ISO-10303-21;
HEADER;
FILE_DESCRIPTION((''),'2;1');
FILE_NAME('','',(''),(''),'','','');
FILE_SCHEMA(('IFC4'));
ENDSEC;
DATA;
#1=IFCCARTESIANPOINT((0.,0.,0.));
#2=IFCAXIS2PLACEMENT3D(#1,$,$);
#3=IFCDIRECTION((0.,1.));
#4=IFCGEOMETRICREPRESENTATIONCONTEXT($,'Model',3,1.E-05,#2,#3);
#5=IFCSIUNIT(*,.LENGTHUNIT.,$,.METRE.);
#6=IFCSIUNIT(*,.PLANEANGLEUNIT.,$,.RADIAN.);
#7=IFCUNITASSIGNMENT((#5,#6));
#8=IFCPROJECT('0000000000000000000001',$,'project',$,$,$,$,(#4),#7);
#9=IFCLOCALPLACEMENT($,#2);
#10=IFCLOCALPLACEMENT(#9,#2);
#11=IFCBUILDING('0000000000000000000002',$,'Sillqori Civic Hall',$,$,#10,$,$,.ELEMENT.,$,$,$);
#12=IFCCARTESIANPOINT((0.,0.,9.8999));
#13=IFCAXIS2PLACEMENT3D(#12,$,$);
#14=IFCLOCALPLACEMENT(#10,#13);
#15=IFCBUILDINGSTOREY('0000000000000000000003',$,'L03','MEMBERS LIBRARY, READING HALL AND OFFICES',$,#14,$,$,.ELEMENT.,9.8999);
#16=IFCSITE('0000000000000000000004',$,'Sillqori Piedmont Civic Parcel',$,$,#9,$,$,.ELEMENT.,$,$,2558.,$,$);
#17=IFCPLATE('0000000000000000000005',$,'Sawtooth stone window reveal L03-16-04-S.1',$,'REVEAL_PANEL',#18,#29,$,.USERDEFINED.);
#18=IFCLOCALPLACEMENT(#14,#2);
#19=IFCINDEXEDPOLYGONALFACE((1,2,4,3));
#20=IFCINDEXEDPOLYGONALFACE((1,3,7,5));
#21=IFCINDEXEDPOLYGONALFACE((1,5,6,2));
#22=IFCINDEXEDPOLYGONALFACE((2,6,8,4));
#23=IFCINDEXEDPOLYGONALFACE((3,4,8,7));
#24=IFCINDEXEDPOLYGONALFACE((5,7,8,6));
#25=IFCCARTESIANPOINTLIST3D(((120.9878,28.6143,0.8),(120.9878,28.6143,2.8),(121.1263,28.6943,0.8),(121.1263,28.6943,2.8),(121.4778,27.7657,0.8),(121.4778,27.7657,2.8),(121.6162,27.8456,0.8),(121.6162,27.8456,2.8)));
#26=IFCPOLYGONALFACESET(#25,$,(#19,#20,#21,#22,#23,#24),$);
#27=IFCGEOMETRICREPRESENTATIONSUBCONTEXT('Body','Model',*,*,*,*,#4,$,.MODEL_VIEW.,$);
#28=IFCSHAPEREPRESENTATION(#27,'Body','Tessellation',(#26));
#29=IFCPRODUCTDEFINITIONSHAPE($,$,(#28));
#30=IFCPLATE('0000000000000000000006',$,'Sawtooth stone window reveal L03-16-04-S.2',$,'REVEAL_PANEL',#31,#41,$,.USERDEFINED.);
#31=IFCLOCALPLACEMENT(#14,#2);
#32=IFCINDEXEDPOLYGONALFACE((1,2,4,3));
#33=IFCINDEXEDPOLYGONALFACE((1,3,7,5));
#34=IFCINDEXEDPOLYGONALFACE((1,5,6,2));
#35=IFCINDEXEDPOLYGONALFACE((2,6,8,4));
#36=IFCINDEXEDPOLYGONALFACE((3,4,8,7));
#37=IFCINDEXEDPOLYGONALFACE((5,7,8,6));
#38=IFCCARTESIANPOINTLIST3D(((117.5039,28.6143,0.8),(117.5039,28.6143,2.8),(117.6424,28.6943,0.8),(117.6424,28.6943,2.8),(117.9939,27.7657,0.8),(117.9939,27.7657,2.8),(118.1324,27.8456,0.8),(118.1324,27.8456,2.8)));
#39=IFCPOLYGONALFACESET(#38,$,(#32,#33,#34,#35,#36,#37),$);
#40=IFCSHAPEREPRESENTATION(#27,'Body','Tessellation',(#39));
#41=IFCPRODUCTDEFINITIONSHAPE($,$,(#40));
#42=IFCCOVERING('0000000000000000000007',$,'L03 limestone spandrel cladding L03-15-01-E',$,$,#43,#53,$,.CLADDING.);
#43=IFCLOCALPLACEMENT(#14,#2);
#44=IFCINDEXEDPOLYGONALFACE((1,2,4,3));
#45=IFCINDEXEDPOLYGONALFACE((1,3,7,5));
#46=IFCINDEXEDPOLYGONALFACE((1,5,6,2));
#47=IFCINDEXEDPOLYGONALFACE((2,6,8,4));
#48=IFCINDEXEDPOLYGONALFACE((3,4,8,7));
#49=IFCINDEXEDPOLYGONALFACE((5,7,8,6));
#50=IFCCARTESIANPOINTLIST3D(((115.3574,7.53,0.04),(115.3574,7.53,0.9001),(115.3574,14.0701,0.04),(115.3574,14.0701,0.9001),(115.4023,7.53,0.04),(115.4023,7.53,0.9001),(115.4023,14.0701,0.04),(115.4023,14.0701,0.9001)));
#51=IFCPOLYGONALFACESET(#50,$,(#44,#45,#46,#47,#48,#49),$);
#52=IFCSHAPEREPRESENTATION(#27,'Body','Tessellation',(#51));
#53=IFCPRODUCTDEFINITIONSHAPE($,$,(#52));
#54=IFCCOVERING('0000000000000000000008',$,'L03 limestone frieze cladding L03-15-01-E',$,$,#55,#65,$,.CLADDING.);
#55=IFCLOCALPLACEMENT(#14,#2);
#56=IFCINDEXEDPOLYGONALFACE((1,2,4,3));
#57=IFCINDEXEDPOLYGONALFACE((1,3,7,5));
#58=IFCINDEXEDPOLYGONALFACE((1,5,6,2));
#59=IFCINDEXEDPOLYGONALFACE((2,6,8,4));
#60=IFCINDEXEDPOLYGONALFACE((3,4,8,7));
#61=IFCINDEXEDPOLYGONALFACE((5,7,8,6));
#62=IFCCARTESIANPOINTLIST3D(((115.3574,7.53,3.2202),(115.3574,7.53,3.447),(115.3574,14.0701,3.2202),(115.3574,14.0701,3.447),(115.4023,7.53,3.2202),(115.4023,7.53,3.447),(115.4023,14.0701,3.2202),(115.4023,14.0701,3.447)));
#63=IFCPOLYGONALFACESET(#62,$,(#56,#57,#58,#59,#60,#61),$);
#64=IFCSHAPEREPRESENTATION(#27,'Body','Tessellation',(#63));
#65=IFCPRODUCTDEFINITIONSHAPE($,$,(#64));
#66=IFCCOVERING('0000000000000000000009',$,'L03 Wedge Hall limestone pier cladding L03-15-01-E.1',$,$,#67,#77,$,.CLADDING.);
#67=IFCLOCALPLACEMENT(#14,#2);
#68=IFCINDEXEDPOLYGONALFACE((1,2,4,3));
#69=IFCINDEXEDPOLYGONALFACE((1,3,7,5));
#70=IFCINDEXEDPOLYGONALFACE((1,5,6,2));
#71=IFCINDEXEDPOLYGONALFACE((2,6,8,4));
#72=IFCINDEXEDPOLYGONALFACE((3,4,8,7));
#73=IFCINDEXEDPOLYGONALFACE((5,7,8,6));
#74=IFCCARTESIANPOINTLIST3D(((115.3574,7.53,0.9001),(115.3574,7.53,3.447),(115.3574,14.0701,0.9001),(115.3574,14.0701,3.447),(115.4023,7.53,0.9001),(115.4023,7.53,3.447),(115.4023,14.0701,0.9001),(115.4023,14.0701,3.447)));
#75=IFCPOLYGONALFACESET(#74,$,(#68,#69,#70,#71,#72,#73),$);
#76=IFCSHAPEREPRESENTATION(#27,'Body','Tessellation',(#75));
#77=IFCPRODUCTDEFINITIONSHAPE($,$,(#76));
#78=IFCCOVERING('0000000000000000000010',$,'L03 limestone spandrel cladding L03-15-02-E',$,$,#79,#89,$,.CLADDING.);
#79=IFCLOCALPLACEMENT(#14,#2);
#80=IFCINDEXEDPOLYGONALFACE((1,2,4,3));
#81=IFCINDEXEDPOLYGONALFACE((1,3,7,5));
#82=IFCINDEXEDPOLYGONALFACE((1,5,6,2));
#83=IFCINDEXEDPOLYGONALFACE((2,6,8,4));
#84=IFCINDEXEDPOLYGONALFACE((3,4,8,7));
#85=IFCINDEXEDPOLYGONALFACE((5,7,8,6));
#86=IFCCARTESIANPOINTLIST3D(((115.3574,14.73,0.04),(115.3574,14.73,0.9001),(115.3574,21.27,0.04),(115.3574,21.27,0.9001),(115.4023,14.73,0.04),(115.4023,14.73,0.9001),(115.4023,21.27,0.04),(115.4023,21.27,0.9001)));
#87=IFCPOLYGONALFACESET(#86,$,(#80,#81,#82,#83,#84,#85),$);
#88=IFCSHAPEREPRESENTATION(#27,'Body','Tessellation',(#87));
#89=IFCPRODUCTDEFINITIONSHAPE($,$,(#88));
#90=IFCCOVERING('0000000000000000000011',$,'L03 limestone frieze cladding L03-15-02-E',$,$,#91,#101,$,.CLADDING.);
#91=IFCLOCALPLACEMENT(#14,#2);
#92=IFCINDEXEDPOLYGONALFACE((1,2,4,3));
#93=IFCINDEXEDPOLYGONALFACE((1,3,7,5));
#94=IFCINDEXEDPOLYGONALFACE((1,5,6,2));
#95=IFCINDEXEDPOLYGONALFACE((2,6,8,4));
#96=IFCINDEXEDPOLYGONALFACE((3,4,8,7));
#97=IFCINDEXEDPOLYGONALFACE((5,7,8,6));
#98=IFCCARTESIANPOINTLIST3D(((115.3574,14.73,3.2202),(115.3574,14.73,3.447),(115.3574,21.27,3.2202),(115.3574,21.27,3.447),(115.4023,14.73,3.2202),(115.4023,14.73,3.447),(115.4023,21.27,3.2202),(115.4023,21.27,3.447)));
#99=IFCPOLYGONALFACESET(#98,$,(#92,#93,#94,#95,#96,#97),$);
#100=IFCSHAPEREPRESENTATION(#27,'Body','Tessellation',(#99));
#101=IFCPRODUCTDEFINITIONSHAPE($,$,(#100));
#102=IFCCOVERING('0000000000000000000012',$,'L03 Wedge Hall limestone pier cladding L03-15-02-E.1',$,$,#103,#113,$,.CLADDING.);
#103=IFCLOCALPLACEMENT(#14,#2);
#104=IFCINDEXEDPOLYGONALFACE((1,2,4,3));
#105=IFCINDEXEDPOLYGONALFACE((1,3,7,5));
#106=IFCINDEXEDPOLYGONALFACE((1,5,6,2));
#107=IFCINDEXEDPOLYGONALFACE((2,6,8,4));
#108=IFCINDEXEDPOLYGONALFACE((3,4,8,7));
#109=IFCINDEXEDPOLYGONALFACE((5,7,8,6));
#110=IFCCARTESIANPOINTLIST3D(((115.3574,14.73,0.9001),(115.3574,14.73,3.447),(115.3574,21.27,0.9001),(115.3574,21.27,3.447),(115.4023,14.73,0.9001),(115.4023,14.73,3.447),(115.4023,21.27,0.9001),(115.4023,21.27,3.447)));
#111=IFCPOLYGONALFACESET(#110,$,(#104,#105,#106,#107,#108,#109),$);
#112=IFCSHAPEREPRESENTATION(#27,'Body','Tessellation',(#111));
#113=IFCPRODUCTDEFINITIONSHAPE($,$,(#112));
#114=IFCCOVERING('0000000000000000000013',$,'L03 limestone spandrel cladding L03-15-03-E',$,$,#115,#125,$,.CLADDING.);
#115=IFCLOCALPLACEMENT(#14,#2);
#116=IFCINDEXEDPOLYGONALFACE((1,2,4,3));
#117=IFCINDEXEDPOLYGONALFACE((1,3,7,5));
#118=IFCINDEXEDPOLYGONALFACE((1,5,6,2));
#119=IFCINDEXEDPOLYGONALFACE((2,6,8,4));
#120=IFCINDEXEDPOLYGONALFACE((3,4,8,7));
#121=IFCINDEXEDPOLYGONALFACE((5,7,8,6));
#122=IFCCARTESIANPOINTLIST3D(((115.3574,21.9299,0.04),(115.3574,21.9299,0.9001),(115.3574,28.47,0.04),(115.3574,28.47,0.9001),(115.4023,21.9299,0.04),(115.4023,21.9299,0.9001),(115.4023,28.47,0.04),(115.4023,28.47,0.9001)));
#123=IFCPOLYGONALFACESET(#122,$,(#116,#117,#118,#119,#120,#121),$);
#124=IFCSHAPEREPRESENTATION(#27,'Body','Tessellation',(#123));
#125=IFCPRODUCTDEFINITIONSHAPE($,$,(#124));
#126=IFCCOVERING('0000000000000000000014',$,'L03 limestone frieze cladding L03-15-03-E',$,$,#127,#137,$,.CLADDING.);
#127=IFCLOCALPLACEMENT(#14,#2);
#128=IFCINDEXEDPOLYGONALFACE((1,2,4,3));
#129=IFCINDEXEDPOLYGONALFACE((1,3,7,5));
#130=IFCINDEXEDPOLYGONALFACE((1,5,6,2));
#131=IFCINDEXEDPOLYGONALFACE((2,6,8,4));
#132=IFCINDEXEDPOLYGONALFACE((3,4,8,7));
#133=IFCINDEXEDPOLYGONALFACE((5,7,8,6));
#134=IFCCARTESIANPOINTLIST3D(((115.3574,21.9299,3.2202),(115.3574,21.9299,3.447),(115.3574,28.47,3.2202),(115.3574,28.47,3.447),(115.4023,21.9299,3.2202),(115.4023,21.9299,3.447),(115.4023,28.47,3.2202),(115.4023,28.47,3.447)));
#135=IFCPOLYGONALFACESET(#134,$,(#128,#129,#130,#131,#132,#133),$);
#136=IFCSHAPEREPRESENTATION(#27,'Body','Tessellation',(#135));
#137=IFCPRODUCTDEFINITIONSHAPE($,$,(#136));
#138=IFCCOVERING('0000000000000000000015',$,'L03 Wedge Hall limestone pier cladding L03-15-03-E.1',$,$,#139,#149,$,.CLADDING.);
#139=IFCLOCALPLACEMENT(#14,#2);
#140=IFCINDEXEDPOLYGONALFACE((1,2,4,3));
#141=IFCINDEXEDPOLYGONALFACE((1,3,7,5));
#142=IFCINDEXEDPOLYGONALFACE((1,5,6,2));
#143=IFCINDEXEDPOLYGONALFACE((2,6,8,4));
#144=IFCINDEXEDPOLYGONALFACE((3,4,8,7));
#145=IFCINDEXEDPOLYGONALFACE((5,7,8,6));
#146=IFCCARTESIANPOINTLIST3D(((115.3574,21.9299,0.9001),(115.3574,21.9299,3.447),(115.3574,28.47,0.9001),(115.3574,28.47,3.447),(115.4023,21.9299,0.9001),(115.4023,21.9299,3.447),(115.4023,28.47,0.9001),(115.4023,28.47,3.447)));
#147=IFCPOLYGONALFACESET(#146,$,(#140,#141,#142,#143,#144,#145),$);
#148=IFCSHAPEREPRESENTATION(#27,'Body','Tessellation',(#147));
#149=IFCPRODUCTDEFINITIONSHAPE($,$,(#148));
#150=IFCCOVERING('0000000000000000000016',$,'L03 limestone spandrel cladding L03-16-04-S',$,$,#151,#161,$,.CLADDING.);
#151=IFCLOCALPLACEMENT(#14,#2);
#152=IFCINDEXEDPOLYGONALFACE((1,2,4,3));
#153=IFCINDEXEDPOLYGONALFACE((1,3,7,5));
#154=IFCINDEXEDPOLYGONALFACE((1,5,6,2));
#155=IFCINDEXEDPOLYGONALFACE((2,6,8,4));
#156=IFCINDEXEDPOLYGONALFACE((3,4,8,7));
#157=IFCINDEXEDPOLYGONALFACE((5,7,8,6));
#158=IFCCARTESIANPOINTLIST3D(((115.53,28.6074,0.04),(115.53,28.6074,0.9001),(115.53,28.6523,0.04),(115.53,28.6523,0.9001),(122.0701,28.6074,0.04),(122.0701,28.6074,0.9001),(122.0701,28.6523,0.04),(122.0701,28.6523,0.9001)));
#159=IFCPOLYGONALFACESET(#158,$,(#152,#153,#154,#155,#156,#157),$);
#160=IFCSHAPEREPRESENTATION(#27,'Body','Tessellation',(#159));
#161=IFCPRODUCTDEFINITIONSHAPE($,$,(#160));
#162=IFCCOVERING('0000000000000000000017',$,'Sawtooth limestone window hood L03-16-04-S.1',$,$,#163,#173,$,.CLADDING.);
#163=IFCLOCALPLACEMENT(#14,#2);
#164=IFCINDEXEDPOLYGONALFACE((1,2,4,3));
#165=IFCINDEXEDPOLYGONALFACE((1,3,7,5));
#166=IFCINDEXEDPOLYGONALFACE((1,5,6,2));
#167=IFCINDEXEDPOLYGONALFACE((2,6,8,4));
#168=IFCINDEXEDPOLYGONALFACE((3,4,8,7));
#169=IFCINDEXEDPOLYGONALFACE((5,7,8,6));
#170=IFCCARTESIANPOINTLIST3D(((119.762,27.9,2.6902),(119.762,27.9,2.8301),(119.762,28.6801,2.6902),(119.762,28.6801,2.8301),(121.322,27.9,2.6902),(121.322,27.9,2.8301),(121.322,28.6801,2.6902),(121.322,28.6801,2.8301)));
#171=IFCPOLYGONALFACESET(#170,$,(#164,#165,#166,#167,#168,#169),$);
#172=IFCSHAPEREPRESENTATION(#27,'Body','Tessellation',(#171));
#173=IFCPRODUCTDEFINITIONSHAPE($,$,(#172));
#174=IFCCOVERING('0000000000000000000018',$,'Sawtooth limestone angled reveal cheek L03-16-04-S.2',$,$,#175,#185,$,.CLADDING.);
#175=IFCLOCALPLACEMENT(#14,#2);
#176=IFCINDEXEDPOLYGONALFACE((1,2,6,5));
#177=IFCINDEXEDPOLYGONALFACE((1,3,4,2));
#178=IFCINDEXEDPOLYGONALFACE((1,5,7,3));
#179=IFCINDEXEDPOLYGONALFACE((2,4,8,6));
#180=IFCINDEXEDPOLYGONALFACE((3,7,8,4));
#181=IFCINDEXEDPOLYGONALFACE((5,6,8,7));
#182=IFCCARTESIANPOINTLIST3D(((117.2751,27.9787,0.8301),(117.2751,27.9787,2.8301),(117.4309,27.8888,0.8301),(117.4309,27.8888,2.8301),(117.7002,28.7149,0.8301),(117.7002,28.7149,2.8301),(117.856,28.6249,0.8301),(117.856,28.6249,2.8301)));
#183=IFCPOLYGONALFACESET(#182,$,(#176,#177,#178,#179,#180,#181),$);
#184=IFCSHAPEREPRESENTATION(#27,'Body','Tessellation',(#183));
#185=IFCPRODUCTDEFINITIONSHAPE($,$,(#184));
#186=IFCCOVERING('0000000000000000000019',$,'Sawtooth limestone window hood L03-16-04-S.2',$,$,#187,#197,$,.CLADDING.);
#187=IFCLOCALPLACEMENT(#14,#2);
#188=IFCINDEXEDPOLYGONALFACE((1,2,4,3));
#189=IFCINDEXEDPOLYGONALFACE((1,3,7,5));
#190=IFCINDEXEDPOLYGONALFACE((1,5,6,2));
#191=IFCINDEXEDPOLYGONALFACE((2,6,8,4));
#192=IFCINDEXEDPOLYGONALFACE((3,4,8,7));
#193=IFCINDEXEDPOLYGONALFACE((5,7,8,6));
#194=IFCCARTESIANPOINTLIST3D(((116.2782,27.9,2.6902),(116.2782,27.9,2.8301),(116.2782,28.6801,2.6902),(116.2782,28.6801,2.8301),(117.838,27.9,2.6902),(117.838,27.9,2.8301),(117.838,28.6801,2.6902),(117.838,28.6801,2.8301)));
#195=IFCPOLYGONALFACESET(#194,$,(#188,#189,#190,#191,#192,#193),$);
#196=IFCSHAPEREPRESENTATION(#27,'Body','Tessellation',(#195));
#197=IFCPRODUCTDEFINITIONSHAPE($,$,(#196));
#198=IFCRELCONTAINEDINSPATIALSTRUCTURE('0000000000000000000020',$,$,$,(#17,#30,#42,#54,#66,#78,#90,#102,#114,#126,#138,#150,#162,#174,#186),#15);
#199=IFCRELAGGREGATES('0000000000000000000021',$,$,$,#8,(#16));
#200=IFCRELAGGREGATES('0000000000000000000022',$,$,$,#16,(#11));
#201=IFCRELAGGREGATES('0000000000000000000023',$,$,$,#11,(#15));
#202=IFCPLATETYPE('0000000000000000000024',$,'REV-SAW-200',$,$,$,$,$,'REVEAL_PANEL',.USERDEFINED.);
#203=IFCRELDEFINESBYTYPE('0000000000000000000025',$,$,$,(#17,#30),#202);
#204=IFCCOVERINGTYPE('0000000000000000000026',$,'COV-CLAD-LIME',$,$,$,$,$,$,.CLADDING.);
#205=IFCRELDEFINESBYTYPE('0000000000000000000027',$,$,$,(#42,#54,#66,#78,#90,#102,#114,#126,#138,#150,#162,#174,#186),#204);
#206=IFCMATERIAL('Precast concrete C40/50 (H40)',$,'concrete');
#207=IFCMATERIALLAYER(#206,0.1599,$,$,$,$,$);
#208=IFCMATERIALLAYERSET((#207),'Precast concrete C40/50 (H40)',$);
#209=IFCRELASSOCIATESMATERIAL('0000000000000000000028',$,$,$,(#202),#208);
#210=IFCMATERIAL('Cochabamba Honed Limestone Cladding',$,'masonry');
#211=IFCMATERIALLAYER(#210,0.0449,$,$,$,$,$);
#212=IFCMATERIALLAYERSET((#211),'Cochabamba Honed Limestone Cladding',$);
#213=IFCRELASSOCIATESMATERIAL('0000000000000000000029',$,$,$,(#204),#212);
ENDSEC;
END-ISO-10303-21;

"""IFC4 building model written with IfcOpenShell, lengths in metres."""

from ifc_helpers import new_model, si_unit, direction, frame, frame_2d, origin, origin_2d, place, context, subcontext, project, spatial, rectangle, extrude, material, layer, layer_set, type_object, element, save


model = new_model("IFC4")

# Units and contexts
model_context = context("Model", 3, precision=1e-05, world=origin(), true_north=direction((0.0, 1.0)))
body_context = subcontext(model_context, "Body", "Model", "MODEL_VIEW")
ifc_project = project(units=[si_unit("LENGTHUNIT", "METRE"), si_unit("PLANEANGLEUNIT", "RADIAN")], contexts=[model_context])

# Site, building, storey
site_placement = place(None, origin())
site = spatial("IfcSite", under=ifc_project, at=site_placement, Name="Sillqori Piedmont Civic Parcel", CompositionType="ELEMENT", RefElevation=2558.0)
building_placement = place(site_placement, origin())
building = spatial("IfcBuilding", under=site, at=building_placement, Name="Sillqori Civic Hall", CompositionType="ELEMENT")
storey_placement = place(building_placement, frame((0.0, 0.0, 9.8999)))
storey = spatial("IfcBuildingStorey", under=building, at=storey_placement, Name="L03", Description="MEMBERS LIBRARY, READING HALL AND OFFICES", CompositionType="ELEMENT", Elevation=9.8999)

# Plates
ifc_material_1 = material(Name="Precast concrete C40/50 (H40)", Category="concrete")
ifc_layer_1 = layer(ifc_material_1, 0.1599)
ifc_layer_set_1 = layer_set([ifc_layer_1], Name="Precast concrete C40/50 (H40)")
plate_type = type_object("IfcPlateType", Name="REV-SAW-200", ElementType="REVEAL_PANEL", PredefinedType="USERDEFINED", material=ifc_layer_set_1)
for number, where, z_axis, x_axis, name in (
    (1, (121.302, 28.23, 0.8), (0.0, 0.0, 1.0), (-0.866025, -0.5, 0.0), "Sawtooth stone window reveal L03-16-04-S.1"),
    (2, (117.8181, 28.23, 0.8), (0.0, 0.0, 1.0), (-0.866025, -0.5, 0.0), "Sawtooth stone window reveal L03-16-04-S.2"),
):
    element("IfcPlate", number, at=place(storey_placement, frame(where, z_axis=z_axis, x_axis=x_axis)), inside=storey, type_object=plate_type, Name=name, ObjectType="REVEAL_PANEL", PredefinedType="USERDEFINED", context=body_context, shape_type="SweptSolid", body=[
        extrude(rectangle(XDim=0.1599, YDim=0.98, at=origin_2d()), origin(), (0.0, 0.0, 1.0), 2.0),
    ])

# Coverings
ifc_material_2 = material(Name="Cochabamba Honed Limestone Cladding", Category="masonry")
ifc_layer_2 = layer(ifc_material_2, 0.0449)
ifc_layer_set_2 = layer_set([ifc_layer_2], Name="Cochabamba Honed Limestone Cladding")
covering_type = type_object("IfcCoveringType", Name="COV-CLAD-LIME", PredefinedType="CLADDING", material=ifc_layer_set_2)
covering_1_placement = place(storey_placement, frame((115.3799, 14.0701, 0.04), z_axis=(0.0, 0.0, 1.0), x_axis=(0.0, -1.0, 0.0)))
element("IfcCovering", 3, at=covering_1_placement, inside=storey, type_object=covering_type, Name="L03 limestone spandrel cladding L03-15-01-E", PredefinedType="CLADDING", context=body_context, shape_type="SweptSolid", body=[
    extrude(rectangle(XDim=6.54, YDim=0.0449, at=frame_2d((3.27, 0.0))), origin(), (0.0, 0.0, 1.0), 0.8601),
])
covering_2_placement = place(storey_placement, frame((115.3799, 14.0701, 3.2202), z_axis=(0.0, 0.0, 1.0), x_axis=(0.0, -1.0, 0.0)))
element("IfcCovering", 4, at=covering_2_placement, inside=storey, type_object=covering_type, Name="L03 limestone frieze cladding L03-15-01-E", PredefinedType="CLADDING", context=body_context, shape_type="SweptSolid", body=[
    extrude(rectangle(XDim=6.54, YDim=0.0449, at=frame_2d((3.27, 0.0))), origin(), (0.0, 0.0, 1.0), 0.2268),
])
covering_3_placement = place(storey_placement, frame((115.3799, 14.0701, 0.9001), z_axis=(0.0, 0.0, 1.0), x_axis=(0.0, -1.0, 0.0)))
element("IfcCovering", 5, at=covering_3_placement, inside=storey, type_object=covering_type, Name="L03 Wedge Hall limestone pier cladding L03-15-01-E.1", PredefinedType="CLADDING", context=body_context, shape_type="SweptSolid", body=[
    extrude(rectangle(XDim=6.54, YDim=0.0449, at=frame_2d((3.27, 0.0))), origin(), (0.0, 0.0, 1.0), 2.5469),
])
covering_4_placement = place(storey_placement, frame((115.3799, 21.27, 0.04), z_axis=(0.0, 0.0, 1.0), x_axis=(0.0, -1.0, 0.0)))
element("IfcCovering", 6, at=covering_4_placement, inside=storey, type_object=covering_type, Name="L03 limestone spandrel cladding L03-15-02-E", PredefinedType="CLADDING", context=body_context, shape_type="SweptSolid", body=[
    extrude(rectangle(XDim=6.54, YDim=0.0449, at=frame_2d((3.27, 0.0))), origin(), (0.0, 0.0, 1.0), 0.8601),
])
covering_5_placement = place(storey_placement, frame((115.3799, 21.27, 3.2202), z_axis=(0.0, 0.0, 1.0), x_axis=(0.0, -1.0, 0.0)))
element("IfcCovering", 7, at=covering_5_placement, inside=storey, type_object=covering_type, Name="L03 limestone frieze cladding L03-15-02-E", PredefinedType="CLADDING", context=body_context, shape_type="SweptSolid", body=[
    extrude(rectangle(XDim=6.54, YDim=0.0449, at=frame_2d((3.27, 0.0))), origin(), (0.0, 0.0, 1.0), 0.2268),
])
covering_6_placement = place(storey_placement, frame((115.3799, 21.27, 0.9001), z_axis=(0.0, 0.0, 1.0), x_axis=(0.0, -1.0, 0.0)))
element("IfcCovering", 8, at=covering_6_placement, inside=storey, type_object=covering_type, Name="L03 Wedge Hall limestone pier cladding L03-15-02-E.1", PredefinedType="CLADDING", context=body_context, shape_type="SweptSolid", body=[
    extrude(rectangle(XDim=6.54, YDim=0.0449, at=frame_2d((3.27, 0.0))), origin(), (0.0, 0.0, 1.0), 2.5469),
])
covering_7_placement = place(storey_placement, frame((115.3799, 28.47, 0.04), z_axis=(0.0, 0.0, 1.0), x_axis=(0.0, -1.0, 0.0)))
element("IfcCovering", 9, at=covering_7_placement, inside=storey, type_object=covering_type, Name="L03 limestone spandrel cladding L03-15-03-E", PredefinedType="CLADDING", context=body_context, shape_type="SweptSolid", body=[
    extrude(rectangle(XDim=6.54, YDim=0.0449, at=frame_2d((3.27, 0.0))), origin(), (0.0, 0.0, 1.0), 0.8601),
])
covering_8_placement = place(storey_placement, frame((115.3799, 28.47, 3.2202), z_axis=(0.0, 0.0, 1.0), x_axis=(0.0, -1.0, 0.0)))
element("IfcCovering", 10, at=covering_8_placement, inside=storey, type_object=covering_type, Name="L03 limestone frieze cladding L03-15-03-E", PredefinedType="CLADDING", context=body_context, shape_type="SweptSolid", body=[
    extrude(rectangle(XDim=6.54, YDim=0.0449, at=frame_2d((3.27, 0.0))), origin(), (0.0, 0.0, 1.0), 0.2268),
])
covering_9_placement = place(storey_placement, frame((115.3799, 28.47, 0.9001), z_axis=(0.0, 0.0, 1.0), x_axis=(0.0, -1.0, 0.0)))
element("IfcCovering", 11, at=covering_9_placement, inside=storey, type_object=covering_type, Name="L03 Wedge Hall limestone pier cladding L03-15-03-E.1", PredefinedType="CLADDING", context=body_context, shape_type="SweptSolid", body=[
    extrude(rectangle(XDim=6.54, YDim=0.0449, at=frame_2d((3.27, 0.0))), origin(), (0.0, 0.0, 1.0), 2.5469),
])
covering_10_placement = place(storey_placement, frame((122.0701, 28.6299, 0.04), z_axis=(0.0, 0.0, 1.0), x_axis=(-1.0, 0.0, 0.0)))
element("IfcCovering", 12, at=covering_10_placement, inside=storey, type_object=covering_type, Name="L03 limestone spandrel cladding L03-16-04-S", PredefinedType="CLADDING", context=body_context, shape_type="SweptSolid", body=[
    extrude(rectangle(XDim=6.54, YDim=0.0449, at=frame_2d((3.27, 0.0))), origin(), (0.0, 0.0, 1.0), 0.8601),
])
covering_11_placement = place(storey_placement, frame((121.322, 28.29, 2.6902), z_axis=(0.0, 0.0, 1.0), x_axis=(-1.0, 0.0, 0.0)))
element("IfcCovering", 13, at=covering_11_placement, inside=storey, type_object=covering_type, Name="Sawtooth limestone window hood L03-16-04-S.1", PredefinedType="CLADDING", context=body_context, shape_type="SweptSolid", body=[
    extrude(rectangle(XDim=1.5601, YDim=0.78, at=frame_2d((0.78, 0.0))), origin(), (0.0, 0.0, 1.0), 0.1399),
])
covering_12_placement = place(storey_placement, frame((117.7781, 28.6699, 0.8301), z_axis=(0.0, 0.0, 1.0), x_axis=(-0.500062, -0.865989, 0.0)))
element("IfcCovering", 14, at=covering_12_placement, inside=storey, type_object=covering_type, Name="Sawtooth limestone angled reveal cheek L03-16-04-S.2", PredefinedType="CLADDING", context=body_context, shape_type="SweptSolid", body=[
    extrude(rectangle(XDim=0.8501, YDim=0.1799, at=frame_2d((0.425, 0.0))), origin(), (0.0, 0.0, 1.0), 2.0),
])
covering_13_placement = place(storey_placement, frame((117.8379, 28.29, 2.6902), z_axis=(0.0, 0.0, 1.0), x_axis=(-1.0, 0.0, 0.0)))
element("IfcCovering", 15, at=covering_13_placement, inside=storey, type_object=covering_type, Name="Sawtooth limestone window hood L03-16-04-S.2", PredefinedType="CLADDING", context=body_context, shape_type="SweptSolid", body=[
    extrude(rectangle(XDim=1.5598, YDim=0.78, at=frame_2d((0.7798, 0.0))), origin(), (0.0, 0.0, 1.0), 0.1399),
])

save(model, "model.ifc")
